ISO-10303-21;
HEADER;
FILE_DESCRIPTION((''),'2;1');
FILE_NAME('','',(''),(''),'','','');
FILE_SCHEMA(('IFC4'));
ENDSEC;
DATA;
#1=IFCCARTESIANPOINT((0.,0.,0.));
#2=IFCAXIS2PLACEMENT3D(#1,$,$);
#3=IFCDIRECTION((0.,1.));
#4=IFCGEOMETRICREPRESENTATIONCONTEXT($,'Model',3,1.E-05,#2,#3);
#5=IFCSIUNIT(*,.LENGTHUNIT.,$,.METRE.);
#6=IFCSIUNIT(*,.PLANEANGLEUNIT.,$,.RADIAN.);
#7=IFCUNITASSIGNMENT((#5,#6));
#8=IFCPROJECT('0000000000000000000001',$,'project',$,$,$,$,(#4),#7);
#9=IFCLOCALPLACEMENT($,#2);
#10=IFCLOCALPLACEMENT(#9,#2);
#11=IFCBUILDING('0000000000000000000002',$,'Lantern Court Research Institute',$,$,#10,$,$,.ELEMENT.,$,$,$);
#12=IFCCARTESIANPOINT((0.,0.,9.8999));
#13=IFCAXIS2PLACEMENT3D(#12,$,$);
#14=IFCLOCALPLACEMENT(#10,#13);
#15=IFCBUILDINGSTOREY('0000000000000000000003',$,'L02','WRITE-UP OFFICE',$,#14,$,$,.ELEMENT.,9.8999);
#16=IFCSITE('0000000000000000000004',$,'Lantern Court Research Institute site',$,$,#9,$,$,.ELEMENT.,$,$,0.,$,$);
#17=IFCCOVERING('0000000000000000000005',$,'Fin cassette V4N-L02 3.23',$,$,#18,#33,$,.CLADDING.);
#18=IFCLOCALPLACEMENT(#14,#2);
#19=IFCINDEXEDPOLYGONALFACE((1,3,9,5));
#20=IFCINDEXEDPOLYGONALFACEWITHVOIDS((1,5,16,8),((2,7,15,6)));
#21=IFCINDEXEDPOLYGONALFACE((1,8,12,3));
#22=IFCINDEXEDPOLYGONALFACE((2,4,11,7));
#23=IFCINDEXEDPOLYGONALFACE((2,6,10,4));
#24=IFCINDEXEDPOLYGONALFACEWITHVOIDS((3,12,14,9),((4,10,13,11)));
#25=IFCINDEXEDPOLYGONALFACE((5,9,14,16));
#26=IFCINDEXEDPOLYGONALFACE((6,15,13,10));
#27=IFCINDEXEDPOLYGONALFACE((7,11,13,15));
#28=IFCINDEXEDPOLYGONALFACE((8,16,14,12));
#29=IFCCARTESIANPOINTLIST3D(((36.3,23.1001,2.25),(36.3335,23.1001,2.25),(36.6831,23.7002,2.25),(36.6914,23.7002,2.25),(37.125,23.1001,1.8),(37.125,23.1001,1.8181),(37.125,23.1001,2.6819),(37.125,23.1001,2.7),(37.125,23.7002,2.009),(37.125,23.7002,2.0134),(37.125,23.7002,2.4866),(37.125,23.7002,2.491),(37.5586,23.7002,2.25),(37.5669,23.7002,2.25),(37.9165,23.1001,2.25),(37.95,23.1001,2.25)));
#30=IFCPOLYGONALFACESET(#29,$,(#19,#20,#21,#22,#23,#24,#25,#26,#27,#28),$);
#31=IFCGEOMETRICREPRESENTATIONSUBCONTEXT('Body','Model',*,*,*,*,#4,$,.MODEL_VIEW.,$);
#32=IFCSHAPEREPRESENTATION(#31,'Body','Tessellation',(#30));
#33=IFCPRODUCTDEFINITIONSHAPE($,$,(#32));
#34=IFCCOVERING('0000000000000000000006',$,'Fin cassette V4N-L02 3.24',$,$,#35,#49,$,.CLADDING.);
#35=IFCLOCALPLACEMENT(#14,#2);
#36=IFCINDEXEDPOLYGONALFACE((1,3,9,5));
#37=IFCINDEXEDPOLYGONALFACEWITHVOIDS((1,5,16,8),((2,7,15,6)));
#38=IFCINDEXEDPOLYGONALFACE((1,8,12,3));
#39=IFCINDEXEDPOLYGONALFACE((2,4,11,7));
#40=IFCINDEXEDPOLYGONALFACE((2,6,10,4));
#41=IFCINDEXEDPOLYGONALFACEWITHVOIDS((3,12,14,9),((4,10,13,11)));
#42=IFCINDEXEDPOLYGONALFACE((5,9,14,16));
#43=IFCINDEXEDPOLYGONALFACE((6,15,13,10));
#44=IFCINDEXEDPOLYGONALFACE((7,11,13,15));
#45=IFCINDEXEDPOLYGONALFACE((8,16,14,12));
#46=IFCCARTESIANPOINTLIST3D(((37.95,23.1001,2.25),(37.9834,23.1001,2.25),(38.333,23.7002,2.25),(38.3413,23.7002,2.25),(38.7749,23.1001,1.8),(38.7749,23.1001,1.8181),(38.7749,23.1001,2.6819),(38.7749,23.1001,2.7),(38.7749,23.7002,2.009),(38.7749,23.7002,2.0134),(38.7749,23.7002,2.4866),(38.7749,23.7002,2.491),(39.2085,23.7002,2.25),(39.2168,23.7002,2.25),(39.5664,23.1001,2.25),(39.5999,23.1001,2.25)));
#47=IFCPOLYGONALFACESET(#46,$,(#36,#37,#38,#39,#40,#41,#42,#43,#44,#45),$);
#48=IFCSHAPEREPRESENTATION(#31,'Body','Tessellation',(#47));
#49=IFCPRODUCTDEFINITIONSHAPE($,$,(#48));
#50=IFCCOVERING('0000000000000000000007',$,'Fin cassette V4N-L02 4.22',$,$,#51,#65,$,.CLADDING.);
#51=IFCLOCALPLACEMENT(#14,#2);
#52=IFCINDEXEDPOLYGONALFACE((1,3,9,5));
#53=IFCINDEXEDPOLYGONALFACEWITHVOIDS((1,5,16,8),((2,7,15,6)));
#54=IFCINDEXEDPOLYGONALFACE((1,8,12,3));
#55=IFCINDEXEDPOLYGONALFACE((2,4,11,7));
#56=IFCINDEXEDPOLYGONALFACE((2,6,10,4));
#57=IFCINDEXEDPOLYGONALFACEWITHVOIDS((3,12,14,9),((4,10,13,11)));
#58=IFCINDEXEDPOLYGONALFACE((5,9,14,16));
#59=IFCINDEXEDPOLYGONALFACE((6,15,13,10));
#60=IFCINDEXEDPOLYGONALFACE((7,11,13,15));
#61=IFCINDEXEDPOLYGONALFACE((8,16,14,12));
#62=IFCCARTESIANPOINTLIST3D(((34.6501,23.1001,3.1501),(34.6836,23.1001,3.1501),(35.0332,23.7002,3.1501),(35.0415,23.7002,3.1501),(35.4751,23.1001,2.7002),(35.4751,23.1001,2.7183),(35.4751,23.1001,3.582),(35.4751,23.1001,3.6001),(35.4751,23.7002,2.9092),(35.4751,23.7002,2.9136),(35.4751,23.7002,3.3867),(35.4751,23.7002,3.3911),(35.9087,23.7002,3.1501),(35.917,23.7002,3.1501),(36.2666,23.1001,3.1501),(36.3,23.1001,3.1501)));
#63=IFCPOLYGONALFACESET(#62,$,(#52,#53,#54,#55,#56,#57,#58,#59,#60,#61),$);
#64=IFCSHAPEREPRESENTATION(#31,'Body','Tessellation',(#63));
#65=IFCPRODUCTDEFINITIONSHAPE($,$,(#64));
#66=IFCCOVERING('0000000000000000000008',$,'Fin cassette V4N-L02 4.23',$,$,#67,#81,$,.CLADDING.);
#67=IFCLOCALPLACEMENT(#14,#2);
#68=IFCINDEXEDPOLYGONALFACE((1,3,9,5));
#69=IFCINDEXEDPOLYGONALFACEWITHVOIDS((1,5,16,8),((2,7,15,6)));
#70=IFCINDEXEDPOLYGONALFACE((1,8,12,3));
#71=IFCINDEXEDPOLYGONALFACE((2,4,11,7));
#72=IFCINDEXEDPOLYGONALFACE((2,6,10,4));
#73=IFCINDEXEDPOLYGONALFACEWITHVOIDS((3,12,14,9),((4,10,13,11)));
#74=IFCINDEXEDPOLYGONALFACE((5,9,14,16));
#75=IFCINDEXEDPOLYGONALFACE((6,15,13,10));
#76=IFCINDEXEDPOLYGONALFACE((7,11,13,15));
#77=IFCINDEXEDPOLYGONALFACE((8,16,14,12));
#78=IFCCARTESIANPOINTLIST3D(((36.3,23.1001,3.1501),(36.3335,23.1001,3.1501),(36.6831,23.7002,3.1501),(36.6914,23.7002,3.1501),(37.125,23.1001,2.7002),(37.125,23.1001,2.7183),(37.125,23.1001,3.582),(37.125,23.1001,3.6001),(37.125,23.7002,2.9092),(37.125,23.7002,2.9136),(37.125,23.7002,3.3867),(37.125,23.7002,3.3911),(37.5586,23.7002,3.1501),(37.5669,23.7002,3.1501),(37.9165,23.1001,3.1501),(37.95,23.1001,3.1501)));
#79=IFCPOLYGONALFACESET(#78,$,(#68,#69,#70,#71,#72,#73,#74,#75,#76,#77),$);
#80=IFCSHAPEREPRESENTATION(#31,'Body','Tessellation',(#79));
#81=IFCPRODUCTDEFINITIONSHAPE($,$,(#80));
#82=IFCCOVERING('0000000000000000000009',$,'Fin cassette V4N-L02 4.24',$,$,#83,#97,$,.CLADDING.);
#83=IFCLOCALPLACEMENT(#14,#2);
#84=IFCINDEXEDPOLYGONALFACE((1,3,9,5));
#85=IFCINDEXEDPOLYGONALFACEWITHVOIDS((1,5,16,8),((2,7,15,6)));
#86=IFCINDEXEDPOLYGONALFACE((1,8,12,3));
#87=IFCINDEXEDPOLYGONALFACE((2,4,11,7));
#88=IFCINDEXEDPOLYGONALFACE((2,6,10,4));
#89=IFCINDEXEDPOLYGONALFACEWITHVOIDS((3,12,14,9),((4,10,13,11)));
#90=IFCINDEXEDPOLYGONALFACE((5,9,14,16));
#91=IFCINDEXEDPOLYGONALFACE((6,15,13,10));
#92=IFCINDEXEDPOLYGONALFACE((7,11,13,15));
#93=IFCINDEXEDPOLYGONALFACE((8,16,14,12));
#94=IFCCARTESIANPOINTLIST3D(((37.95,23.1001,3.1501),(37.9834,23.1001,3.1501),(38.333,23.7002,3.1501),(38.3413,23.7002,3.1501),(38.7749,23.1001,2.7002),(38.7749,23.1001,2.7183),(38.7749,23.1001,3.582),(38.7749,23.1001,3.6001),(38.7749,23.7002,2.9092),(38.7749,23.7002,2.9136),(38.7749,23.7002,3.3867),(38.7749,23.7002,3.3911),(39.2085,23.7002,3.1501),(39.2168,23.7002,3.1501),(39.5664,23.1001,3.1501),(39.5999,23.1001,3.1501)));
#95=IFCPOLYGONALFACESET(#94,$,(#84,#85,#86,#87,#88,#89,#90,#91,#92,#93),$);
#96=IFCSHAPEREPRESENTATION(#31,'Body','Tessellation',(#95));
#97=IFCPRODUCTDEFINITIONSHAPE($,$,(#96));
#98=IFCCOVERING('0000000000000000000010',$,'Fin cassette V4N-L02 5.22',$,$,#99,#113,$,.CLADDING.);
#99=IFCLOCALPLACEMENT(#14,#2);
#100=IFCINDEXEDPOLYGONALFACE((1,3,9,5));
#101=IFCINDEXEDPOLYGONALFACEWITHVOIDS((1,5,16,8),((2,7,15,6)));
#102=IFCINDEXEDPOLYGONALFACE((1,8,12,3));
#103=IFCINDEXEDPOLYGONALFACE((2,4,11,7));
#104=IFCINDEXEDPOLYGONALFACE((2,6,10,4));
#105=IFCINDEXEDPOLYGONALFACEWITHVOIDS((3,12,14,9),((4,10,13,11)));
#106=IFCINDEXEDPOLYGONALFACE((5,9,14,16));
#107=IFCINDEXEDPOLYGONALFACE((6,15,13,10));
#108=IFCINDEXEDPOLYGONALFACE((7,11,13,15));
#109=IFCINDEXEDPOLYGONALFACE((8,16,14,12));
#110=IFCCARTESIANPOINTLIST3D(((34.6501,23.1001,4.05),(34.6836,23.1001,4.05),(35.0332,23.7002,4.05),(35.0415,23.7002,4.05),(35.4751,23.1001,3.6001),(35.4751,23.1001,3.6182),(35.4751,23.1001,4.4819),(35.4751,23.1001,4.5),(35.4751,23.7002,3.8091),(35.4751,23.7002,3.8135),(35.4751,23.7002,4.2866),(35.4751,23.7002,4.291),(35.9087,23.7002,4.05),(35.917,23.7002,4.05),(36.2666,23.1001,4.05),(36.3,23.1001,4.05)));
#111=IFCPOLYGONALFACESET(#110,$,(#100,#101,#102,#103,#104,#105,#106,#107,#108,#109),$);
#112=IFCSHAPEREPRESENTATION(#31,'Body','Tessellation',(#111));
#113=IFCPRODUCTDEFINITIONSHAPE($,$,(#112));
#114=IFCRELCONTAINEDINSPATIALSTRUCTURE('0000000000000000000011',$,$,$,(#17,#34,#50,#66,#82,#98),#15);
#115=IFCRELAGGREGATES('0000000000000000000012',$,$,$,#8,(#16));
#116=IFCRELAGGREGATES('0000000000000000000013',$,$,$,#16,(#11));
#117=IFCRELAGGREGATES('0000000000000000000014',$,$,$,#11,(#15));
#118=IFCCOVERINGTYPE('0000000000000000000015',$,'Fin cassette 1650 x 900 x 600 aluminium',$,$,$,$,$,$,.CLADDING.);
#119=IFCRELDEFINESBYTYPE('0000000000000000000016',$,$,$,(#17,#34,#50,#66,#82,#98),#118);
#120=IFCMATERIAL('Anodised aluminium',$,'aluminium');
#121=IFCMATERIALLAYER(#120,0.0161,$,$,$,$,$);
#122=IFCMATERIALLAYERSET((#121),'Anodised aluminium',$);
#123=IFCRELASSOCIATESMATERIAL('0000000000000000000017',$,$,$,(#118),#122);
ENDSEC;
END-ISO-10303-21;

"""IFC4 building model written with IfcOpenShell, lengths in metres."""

from ifc_helpers import new_model, entity, si_unit, direction, frame, origin, place, context, subcontext, project, spatial, material, layer, layer_set, type_object, element, save


model = new_model("IFC4")

# Units and contexts
model_context = context("Model", 3, precision=1e-05, world=origin(), true_north=direction((0.0, 1.0)))
body_context = subcontext(model_context, "Body", "Model", "MODEL_VIEW")
ifc_project = project(units=[si_unit("LENGTHUNIT", "METRE"), si_unit("PLANEANGLEUNIT", "RADIAN")], contexts=[model_context])

# Site, building, storey
site_placement = place(None, origin())
site = spatial("IfcSite", under=ifc_project, at=site_placement, Name="Lantern Court Research Institute site", CompositionType="ELEMENT", RefElevation=0.0)
building_placement = place(site_placement, origin())
building = spatial("IfcBuilding", under=site, at=building_placement, Name="Lantern Court Research Institute", CompositionType="ELEMENT")
storey_placement = place(building_placement, frame((0.0, 0.0, 9.8999)))
storey = spatial("IfcBuildingStorey", under=building, at=storey_placement, Name="L02", Description="WRITE-UP OFFICE", CompositionType="ELEMENT", Elevation=9.8999)

# Coverings
ifc_material_1 = material(Name="Anodised aluminium", Category="aluminium")
ifc_layer_1 = layer(ifc_material_1, 0.0161)
ifc_layer_set_1 = layer_set([ifc_layer_1], Name="Anodised aluminium")
covering_type = type_object("IfcCoveringType", Name="Fin cassette 1650 x 900 x 600 aluminium", PredefinedType="CLADDING", material=ifc_layer_set_1)
covering_1_placement = place(storey_placement, frame((37.125, 23.1001, 2.25), z_axis=(0.0, 1.0, 0.0), x_axis=(-1.0, 0.0, 0.0)))
cartesian_point_1 = entity("IfcCartesianPoint", [0.825, 0.0])
cartesian_point_2 = entity("IfcCartesianPoint", [0.7915, 0.0])
cartesian_point_3 = entity("IfcCartesianPoint", [0.4419, 0.0])
cartesian_point_4 = entity("IfcCartesianPoint", [0.4336, 0.0])
element("IfcCovering", 1, at=covering_1_placement, inside=storey, type_object=covering_type, Name="Fin cassette V4N-L02 3.23", PredefinedType="CLADDING", context=body_context, shape_type="SweptSolid", body=[
    entity("IfcExtrudedAreaSolidTapered", entity("IfcArbitraryProfileDefWithVoids", "AREA", None, entity("IfcPolyline", [cartesian_point_1, entity("IfcCartesianPoint", [0.0, 0.45]), entity("IfcCartesianPoint", [-0.825, 0.0]), entity("IfcCartesianPoint", [0.0, -0.45]), cartesian_point_1]), [entity("IfcPolyline", [cartesian_point_2, entity("IfcCartesianPoint", [0.0, 0.4319]), entity("IfcCartesianPoint", [-0.7915, 0.0]), entity("IfcCartesianPoint", [0.0, -0.4319]), cartesian_point_2])]), entity("IfcAxis2Placement3D", entity("IfcCartesianPoint", [0.0, 0.0, 0.0])), entity("IfcDirection", [0.0, 0.0, 1.0]), 0.6001, entity("IfcArbitraryProfileDefWithVoids", "AREA", None, entity("IfcPolyline", [cartesian_point_3, entity("IfcCartesianPoint", [0.0, 0.241]), entity("IfcCartesianPoint", [-0.4419, 0.0]), entity("IfcCartesianPoint", [0.0, -0.241]), cartesian_point_3]), [entity("IfcPolyline", [cartesian_point_4, entity("IfcCartesianPoint", [0.0, 0.2366]), entity("IfcCartesianPoint", [-0.4336, 0.0]), entity("IfcCartesianPoint", [0.0, -0.2366]), cartesian_point_4])])),
])
covering_2_placement = place(storey_placement, frame((38.7749, 23.1001, 2.25), z_axis=(0.0, 1.0, 0.0), x_axis=(-1.0, 0.0, 0.0)))
cartesian_point_5 = entity("IfcCartesianPoint", [0.825, 0.0])
cartesian_point_6 = entity("IfcCartesianPoint", [0.7915, 0.0])
cartesian_point_7 = entity("IfcCartesianPoint", [0.4419, 0.0])
cartesian_point_8 = entity("IfcCartesianPoint", [0.4336, 0.0])
element("IfcCovering", 2, at=covering_2_placement, inside=storey, type_object=covering_type, Name="Fin cassette V4N-L02 3.24", PredefinedType="CLADDING", context=body_context, shape_type="SweptSolid", body=[
    entity("IfcExtrudedAreaSolidTapered", entity("IfcArbitraryProfileDefWithVoids", "AREA", None, entity("IfcPolyline", [cartesian_point_5, entity("IfcCartesianPoint", [0.0, 0.45]), entity("IfcCartesianPoint", [-0.825, 0.0]), entity("IfcCartesianPoint", [0.0, -0.45]), cartesian_point_5]), [entity("IfcPolyline", [cartesian_point_6, entity("IfcCartesianPoint", [0.0, 0.4319]), entity("IfcCartesianPoint", [-0.7915, 0.0]), entity("IfcCartesianPoint", [0.0, -0.4319]), cartesian_point_6])]), entity("IfcAxis2Placement3D", entity("IfcCartesianPoint", [0.0, 0.0, 0.0])), entity("IfcDirection", [0.0, 0.0, 1.0]), 0.6001, entity("IfcArbitraryProfileDefWithVoids", "AREA", None, entity("IfcPolyline", [cartesian_point_7, entity("IfcCartesianPoint", [0.0, 0.241]), entity("IfcCartesianPoint", [-0.4419, 0.0]), entity("IfcCartesianPoint", [0.0, -0.241]), cartesian_point_7]), [entity("IfcPolyline", [cartesian_point_8, entity("IfcCartesianPoint", [0.0, 0.2366]), entity("IfcCartesianPoint", [-0.4336, 0.0]), entity("IfcCartesianPoint", [0.0, -0.2366]), cartesian_point_8])])),
])
covering_3_placement = place(storey_placement, frame((35.4751, 23.1001, 3.1501), z_axis=(0.0, 1.0, 0.0), x_axis=(-1.0, 0.0, 0.0)))
cartesian_point_9 = entity("IfcCartesianPoint", [0.825, 0.0])
cartesian_point_10 = entity("IfcCartesianPoint", [0.7915, 0.0])
cartesian_point_11 = entity("IfcCartesianPoint", [0.4419, 0.0])
cartesian_point_12 = entity("IfcCartesianPoint", [0.4336, 0.0])
element("IfcCovering", 3, at=covering_3_placement, inside=storey, type_object=covering_type, Name="Fin cassette V4N-L02 4.22", PredefinedType="CLADDING", context=body_context, shape_type="SweptSolid", body=[
    entity("IfcExtrudedAreaSolidTapered", entity("IfcArbitraryProfileDefWithVoids", "AREA", None, entity("IfcPolyline", [cartesian_point_9, entity("IfcCartesianPoint", [0.0, 0.45]), entity("IfcCartesianPoint", [-0.825, 0.0]), entity("IfcCartesianPoint", [0.0, -0.45]), cartesian_point_9]), [entity("IfcPolyline", [cartesian_point_10, entity("IfcCartesianPoint", [0.0, 0.4319]), entity("IfcCartesianPoint", [-0.7915, 0.0]), entity("IfcCartesianPoint", [0.0, -0.4319]), cartesian_point_10])]), entity("IfcAxis2Placement3D", entity("IfcCartesianPoint", [0.0, 0.0, 0.0])), entity("IfcDirection", [0.0, 0.0, 1.0]), 0.6001, entity("IfcArbitraryProfileDefWithVoids", "AREA", None, entity("IfcPolyline", [cartesian_point_11, entity("IfcCartesianPoint", [0.0, 0.241]), entity("IfcCartesianPoint", [-0.4419, 0.0]), entity("IfcCartesianPoint", [0.0, -0.241]), cartesian_point_11]), [entity("IfcPolyline", [cartesian_point_12, entity("IfcCartesianPoint", [0.0, 0.2366]), entity("IfcCartesianPoint", [-0.4336, 0.0]), entity("IfcCartesianPoint", [0.0, -0.2366]), cartesian_point_12])])),
])
covering_4_placement = place(storey_placement, frame((37.125, 23.1001, 3.1501), z_axis=(0.0, 1.0, 0.0), x_axis=(-1.0, 0.0, 0.0)))
cartesian_point_13 = entity("IfcCartesianPoint", [0.825, 0.0])
cartesian_point_14 = entity("IfcCartesianPoint", [0.7915, 0.0])
cartesian_point_15 = entity("IfcCartesianPoint", [0.4419, 0.0])
cartesian_point_16 = entity("IfcCartesianPoint", [0.4336, 0.0])
element("IfcCovering", 4, at=covering_4_placement, inside=storey, type_object=covering_type, Name="Fin cassette V4N-L02 4.23", PredefinedType="CLADDING", context=body_context, shape_type="SweptSolid", body=[
    entity("IfcExtrudedAreaSolidTapered", entity("IfcArbitraryProfileDefWithVoids", "AREA", None, entity("IfcPolyline", [cartesian_point_13, entity("IfcCartesianPoint", [0.0, 0.45]), entity("IfcCartesianPoint", [-0.825, 0.0]), entity("IfcCartesianPoint", [0.0, -0.45]), cartesian_point_13]), [entity("IfcPolyline", [cartesian_point_14, entity("IfcCartesianPoint", [0.0, 0.4319]), entity("IfcCartesianPoint", [-0.7915, 0.0]), entity("IfcCartesianPoint", [0.0, -0.4319]), cartesian_point_14])]), entity("IfcAxis2Placement3D", entity("IfcCartesianPoint", [0.0, 0.0, 0.0])), entity("IfcDirection", [0.0, 0.0, 1.0]), 0.6001, entity("IfcArbitraryProfileDefWithVoids", "AREA", None, entity("IfcPolyline", [cartesian_point_15, entity("IfcCartesianPoint", [0.0, 0.241]), entity("IfcCartesianPoint", [-0.4419, 0.0]), entity("IfcCartesianPoint", [0.0, -0.241]), cartesian_point_15]), [entity("IfcPolyline", [cartesian_point_16, entity("IfcCartesianPoint", [0.0, 0.2366]), entity("IfcCartesianPoint", [-0.4336, 0.0]), entity("IfcCartesianPoint", [0.0, -0.2366]), cartesian_point_16])])),
])
covering_5_placement = place(storey_placement, frame((38.7749, 23.1001, 3.1501), z_axis=(0.0, 1.0, 0.0), x_axis=(-1.0, 0.0, 0.0)))
cartesian_point_17 = entity("IfcCartesianPoint", [0.825, 0.0])
cartesian_point_18 = entity("IfcCartesianPoint", [0.7915, 0.0])
cartesian_point_19 = entity("IfcCartesianPoint", [0.4419, 0.0])
cartesian_point_20 = entity("IfcCartesianPoint", [0.4336, 0.0])
element("IfcCovering", 5, at=covering_5_placement, inside=storey, type_object=covering_type, Name="Fin cassette V4N-L02 4.24", PredefinedType="CLADDING", context=body_context, shape_type="SweptSolid", body=[
    entity("IfcExtrudedAreaSolidTapered", entity("IfcArbitraryProfileDefWithVoids", "AREA", None, entity("IfcPolyline", [cartesian_point_17, entity("IfcCartesianPoint", [0.0, 0.45]), entity("IfcCartesianPoint", [-0.825, 0.0]), entity("IfcCartesianPoint", [0.0, -0.45]), cartesian_point_17]), [entity("IfcPolyline", [cartesian_point_18, entity("IfcCartesianPoint", [0.0, 0.4319]), entity("IfcCartesianPoint", [-0.7915, 0.0]), entity("IfcCartesianPoint", [0.0, -0.4319]), cartesian_point_18])]), entity("IfcAxis2Placement3D", entity("IfcCartesianPoint", [0.0, 0.0, 0.0])), entity("IfcDirection", [0.0, 0.0, 1.0]), 0.6001, entity("IfcArbitraryProfileDefWithVoids", "AREA", None, entity("IfcPolyline", [cartesian_point_19, entity("IfcCartesianPoint", [0.0, 0.241]), entity("IfcCartesianPoint", [-0.4419, 0.0]), entity("IfcCartesianPoint", [0.0, -0.241]), cartesian_point_19]), [entity("IfcPolyline", [cartesian_point_20, entity("IfcCartesianPoint", [0.0, 0.2366]), entity("IfcCartesianPoint", [-0.4336, 0.0]), entity("IfcCartesianPoint", [0.0, -0.2366]), cartesian_point_20])])),
])
covering_6_placement = place(storey_placement, frame((35.4751, 23.1001, 4.05), z_axis=(0.0, 1.0, 0.0), x_axis=(-1.0, 0.0, 0.0)))
cartesian_point_21 = entity("IfcCartesianPoint", [0.825, 0.0])
cartesian_point_22 = entity("IfcCartesianPoint", [0.7915, 0.0])
cartesian_point_23 = entity("IfcCartesianPoint", [0.4419, 0.0])
cartesian_point_24 = entity("IfcCartesianPoint", [0.4336, 0.0])
element("IfcCovering", 6, at=covering_6_placement, inside=storey, type_object=covering_type, Name="Fin cassette V4N-L02 5.22", PredefinedType="CLADDING", context=body_context, shape_type="SweptSolid", body=[
    entity("IfcExtrudedAreaSolidTapered", entity("IfcArbitraryProfileDefWithVoids", "AREA", None, entity("IfcPolyline", [cartesian_point_21, entity("IfcCartesianPoint", [0.0, 0.45]), entity("IfcCartesianPoint", [-0.825, 0.0]), entity("IfcCartesianPoint", [0.0, -0.45]), cartesian_point_21]), [entity("IfcPolyline", [cartesian_point_22, entity("IfcCartesianPoint", [0.0, 0.4319]), entity("IfcCartesianPoint", [-0.7915, 0.0]), entity("IfcCartesianPoint", [0.0, -0.4319]), cartesian_point_22])]), entity("IfcAxis2Placement3D", entity("IfcCartesianPoint", [0.0, 0.0, 0.0])), entity("IfcDirection", [0.0, 0.0, 1.0]), 0.6001, entity("IfcArbitraryProfileDefWithVoids", "AREA", None, entity("IfcPolyline", [cartesian_point_23, entity("IfcCartesianPoint", [0.0, 0.241]), entity("IfcCartesianPoint", [-0.4419, 0.0]), entity("IfcCartesianPoint", [0.0, -0.241]), cartesian_point_23]), [entity("IfcPolyline", [cartesian_point_24, entity("IfcCartesianPoint", [0.0, 0.2366]), entity("IfcCartesianPoint", [-0.4336, 0.0]), entity("IfcCartesianPoint", [0.0, -0.2366]), cartesian_point_24])])),
])

save(model, "model.ifc")
